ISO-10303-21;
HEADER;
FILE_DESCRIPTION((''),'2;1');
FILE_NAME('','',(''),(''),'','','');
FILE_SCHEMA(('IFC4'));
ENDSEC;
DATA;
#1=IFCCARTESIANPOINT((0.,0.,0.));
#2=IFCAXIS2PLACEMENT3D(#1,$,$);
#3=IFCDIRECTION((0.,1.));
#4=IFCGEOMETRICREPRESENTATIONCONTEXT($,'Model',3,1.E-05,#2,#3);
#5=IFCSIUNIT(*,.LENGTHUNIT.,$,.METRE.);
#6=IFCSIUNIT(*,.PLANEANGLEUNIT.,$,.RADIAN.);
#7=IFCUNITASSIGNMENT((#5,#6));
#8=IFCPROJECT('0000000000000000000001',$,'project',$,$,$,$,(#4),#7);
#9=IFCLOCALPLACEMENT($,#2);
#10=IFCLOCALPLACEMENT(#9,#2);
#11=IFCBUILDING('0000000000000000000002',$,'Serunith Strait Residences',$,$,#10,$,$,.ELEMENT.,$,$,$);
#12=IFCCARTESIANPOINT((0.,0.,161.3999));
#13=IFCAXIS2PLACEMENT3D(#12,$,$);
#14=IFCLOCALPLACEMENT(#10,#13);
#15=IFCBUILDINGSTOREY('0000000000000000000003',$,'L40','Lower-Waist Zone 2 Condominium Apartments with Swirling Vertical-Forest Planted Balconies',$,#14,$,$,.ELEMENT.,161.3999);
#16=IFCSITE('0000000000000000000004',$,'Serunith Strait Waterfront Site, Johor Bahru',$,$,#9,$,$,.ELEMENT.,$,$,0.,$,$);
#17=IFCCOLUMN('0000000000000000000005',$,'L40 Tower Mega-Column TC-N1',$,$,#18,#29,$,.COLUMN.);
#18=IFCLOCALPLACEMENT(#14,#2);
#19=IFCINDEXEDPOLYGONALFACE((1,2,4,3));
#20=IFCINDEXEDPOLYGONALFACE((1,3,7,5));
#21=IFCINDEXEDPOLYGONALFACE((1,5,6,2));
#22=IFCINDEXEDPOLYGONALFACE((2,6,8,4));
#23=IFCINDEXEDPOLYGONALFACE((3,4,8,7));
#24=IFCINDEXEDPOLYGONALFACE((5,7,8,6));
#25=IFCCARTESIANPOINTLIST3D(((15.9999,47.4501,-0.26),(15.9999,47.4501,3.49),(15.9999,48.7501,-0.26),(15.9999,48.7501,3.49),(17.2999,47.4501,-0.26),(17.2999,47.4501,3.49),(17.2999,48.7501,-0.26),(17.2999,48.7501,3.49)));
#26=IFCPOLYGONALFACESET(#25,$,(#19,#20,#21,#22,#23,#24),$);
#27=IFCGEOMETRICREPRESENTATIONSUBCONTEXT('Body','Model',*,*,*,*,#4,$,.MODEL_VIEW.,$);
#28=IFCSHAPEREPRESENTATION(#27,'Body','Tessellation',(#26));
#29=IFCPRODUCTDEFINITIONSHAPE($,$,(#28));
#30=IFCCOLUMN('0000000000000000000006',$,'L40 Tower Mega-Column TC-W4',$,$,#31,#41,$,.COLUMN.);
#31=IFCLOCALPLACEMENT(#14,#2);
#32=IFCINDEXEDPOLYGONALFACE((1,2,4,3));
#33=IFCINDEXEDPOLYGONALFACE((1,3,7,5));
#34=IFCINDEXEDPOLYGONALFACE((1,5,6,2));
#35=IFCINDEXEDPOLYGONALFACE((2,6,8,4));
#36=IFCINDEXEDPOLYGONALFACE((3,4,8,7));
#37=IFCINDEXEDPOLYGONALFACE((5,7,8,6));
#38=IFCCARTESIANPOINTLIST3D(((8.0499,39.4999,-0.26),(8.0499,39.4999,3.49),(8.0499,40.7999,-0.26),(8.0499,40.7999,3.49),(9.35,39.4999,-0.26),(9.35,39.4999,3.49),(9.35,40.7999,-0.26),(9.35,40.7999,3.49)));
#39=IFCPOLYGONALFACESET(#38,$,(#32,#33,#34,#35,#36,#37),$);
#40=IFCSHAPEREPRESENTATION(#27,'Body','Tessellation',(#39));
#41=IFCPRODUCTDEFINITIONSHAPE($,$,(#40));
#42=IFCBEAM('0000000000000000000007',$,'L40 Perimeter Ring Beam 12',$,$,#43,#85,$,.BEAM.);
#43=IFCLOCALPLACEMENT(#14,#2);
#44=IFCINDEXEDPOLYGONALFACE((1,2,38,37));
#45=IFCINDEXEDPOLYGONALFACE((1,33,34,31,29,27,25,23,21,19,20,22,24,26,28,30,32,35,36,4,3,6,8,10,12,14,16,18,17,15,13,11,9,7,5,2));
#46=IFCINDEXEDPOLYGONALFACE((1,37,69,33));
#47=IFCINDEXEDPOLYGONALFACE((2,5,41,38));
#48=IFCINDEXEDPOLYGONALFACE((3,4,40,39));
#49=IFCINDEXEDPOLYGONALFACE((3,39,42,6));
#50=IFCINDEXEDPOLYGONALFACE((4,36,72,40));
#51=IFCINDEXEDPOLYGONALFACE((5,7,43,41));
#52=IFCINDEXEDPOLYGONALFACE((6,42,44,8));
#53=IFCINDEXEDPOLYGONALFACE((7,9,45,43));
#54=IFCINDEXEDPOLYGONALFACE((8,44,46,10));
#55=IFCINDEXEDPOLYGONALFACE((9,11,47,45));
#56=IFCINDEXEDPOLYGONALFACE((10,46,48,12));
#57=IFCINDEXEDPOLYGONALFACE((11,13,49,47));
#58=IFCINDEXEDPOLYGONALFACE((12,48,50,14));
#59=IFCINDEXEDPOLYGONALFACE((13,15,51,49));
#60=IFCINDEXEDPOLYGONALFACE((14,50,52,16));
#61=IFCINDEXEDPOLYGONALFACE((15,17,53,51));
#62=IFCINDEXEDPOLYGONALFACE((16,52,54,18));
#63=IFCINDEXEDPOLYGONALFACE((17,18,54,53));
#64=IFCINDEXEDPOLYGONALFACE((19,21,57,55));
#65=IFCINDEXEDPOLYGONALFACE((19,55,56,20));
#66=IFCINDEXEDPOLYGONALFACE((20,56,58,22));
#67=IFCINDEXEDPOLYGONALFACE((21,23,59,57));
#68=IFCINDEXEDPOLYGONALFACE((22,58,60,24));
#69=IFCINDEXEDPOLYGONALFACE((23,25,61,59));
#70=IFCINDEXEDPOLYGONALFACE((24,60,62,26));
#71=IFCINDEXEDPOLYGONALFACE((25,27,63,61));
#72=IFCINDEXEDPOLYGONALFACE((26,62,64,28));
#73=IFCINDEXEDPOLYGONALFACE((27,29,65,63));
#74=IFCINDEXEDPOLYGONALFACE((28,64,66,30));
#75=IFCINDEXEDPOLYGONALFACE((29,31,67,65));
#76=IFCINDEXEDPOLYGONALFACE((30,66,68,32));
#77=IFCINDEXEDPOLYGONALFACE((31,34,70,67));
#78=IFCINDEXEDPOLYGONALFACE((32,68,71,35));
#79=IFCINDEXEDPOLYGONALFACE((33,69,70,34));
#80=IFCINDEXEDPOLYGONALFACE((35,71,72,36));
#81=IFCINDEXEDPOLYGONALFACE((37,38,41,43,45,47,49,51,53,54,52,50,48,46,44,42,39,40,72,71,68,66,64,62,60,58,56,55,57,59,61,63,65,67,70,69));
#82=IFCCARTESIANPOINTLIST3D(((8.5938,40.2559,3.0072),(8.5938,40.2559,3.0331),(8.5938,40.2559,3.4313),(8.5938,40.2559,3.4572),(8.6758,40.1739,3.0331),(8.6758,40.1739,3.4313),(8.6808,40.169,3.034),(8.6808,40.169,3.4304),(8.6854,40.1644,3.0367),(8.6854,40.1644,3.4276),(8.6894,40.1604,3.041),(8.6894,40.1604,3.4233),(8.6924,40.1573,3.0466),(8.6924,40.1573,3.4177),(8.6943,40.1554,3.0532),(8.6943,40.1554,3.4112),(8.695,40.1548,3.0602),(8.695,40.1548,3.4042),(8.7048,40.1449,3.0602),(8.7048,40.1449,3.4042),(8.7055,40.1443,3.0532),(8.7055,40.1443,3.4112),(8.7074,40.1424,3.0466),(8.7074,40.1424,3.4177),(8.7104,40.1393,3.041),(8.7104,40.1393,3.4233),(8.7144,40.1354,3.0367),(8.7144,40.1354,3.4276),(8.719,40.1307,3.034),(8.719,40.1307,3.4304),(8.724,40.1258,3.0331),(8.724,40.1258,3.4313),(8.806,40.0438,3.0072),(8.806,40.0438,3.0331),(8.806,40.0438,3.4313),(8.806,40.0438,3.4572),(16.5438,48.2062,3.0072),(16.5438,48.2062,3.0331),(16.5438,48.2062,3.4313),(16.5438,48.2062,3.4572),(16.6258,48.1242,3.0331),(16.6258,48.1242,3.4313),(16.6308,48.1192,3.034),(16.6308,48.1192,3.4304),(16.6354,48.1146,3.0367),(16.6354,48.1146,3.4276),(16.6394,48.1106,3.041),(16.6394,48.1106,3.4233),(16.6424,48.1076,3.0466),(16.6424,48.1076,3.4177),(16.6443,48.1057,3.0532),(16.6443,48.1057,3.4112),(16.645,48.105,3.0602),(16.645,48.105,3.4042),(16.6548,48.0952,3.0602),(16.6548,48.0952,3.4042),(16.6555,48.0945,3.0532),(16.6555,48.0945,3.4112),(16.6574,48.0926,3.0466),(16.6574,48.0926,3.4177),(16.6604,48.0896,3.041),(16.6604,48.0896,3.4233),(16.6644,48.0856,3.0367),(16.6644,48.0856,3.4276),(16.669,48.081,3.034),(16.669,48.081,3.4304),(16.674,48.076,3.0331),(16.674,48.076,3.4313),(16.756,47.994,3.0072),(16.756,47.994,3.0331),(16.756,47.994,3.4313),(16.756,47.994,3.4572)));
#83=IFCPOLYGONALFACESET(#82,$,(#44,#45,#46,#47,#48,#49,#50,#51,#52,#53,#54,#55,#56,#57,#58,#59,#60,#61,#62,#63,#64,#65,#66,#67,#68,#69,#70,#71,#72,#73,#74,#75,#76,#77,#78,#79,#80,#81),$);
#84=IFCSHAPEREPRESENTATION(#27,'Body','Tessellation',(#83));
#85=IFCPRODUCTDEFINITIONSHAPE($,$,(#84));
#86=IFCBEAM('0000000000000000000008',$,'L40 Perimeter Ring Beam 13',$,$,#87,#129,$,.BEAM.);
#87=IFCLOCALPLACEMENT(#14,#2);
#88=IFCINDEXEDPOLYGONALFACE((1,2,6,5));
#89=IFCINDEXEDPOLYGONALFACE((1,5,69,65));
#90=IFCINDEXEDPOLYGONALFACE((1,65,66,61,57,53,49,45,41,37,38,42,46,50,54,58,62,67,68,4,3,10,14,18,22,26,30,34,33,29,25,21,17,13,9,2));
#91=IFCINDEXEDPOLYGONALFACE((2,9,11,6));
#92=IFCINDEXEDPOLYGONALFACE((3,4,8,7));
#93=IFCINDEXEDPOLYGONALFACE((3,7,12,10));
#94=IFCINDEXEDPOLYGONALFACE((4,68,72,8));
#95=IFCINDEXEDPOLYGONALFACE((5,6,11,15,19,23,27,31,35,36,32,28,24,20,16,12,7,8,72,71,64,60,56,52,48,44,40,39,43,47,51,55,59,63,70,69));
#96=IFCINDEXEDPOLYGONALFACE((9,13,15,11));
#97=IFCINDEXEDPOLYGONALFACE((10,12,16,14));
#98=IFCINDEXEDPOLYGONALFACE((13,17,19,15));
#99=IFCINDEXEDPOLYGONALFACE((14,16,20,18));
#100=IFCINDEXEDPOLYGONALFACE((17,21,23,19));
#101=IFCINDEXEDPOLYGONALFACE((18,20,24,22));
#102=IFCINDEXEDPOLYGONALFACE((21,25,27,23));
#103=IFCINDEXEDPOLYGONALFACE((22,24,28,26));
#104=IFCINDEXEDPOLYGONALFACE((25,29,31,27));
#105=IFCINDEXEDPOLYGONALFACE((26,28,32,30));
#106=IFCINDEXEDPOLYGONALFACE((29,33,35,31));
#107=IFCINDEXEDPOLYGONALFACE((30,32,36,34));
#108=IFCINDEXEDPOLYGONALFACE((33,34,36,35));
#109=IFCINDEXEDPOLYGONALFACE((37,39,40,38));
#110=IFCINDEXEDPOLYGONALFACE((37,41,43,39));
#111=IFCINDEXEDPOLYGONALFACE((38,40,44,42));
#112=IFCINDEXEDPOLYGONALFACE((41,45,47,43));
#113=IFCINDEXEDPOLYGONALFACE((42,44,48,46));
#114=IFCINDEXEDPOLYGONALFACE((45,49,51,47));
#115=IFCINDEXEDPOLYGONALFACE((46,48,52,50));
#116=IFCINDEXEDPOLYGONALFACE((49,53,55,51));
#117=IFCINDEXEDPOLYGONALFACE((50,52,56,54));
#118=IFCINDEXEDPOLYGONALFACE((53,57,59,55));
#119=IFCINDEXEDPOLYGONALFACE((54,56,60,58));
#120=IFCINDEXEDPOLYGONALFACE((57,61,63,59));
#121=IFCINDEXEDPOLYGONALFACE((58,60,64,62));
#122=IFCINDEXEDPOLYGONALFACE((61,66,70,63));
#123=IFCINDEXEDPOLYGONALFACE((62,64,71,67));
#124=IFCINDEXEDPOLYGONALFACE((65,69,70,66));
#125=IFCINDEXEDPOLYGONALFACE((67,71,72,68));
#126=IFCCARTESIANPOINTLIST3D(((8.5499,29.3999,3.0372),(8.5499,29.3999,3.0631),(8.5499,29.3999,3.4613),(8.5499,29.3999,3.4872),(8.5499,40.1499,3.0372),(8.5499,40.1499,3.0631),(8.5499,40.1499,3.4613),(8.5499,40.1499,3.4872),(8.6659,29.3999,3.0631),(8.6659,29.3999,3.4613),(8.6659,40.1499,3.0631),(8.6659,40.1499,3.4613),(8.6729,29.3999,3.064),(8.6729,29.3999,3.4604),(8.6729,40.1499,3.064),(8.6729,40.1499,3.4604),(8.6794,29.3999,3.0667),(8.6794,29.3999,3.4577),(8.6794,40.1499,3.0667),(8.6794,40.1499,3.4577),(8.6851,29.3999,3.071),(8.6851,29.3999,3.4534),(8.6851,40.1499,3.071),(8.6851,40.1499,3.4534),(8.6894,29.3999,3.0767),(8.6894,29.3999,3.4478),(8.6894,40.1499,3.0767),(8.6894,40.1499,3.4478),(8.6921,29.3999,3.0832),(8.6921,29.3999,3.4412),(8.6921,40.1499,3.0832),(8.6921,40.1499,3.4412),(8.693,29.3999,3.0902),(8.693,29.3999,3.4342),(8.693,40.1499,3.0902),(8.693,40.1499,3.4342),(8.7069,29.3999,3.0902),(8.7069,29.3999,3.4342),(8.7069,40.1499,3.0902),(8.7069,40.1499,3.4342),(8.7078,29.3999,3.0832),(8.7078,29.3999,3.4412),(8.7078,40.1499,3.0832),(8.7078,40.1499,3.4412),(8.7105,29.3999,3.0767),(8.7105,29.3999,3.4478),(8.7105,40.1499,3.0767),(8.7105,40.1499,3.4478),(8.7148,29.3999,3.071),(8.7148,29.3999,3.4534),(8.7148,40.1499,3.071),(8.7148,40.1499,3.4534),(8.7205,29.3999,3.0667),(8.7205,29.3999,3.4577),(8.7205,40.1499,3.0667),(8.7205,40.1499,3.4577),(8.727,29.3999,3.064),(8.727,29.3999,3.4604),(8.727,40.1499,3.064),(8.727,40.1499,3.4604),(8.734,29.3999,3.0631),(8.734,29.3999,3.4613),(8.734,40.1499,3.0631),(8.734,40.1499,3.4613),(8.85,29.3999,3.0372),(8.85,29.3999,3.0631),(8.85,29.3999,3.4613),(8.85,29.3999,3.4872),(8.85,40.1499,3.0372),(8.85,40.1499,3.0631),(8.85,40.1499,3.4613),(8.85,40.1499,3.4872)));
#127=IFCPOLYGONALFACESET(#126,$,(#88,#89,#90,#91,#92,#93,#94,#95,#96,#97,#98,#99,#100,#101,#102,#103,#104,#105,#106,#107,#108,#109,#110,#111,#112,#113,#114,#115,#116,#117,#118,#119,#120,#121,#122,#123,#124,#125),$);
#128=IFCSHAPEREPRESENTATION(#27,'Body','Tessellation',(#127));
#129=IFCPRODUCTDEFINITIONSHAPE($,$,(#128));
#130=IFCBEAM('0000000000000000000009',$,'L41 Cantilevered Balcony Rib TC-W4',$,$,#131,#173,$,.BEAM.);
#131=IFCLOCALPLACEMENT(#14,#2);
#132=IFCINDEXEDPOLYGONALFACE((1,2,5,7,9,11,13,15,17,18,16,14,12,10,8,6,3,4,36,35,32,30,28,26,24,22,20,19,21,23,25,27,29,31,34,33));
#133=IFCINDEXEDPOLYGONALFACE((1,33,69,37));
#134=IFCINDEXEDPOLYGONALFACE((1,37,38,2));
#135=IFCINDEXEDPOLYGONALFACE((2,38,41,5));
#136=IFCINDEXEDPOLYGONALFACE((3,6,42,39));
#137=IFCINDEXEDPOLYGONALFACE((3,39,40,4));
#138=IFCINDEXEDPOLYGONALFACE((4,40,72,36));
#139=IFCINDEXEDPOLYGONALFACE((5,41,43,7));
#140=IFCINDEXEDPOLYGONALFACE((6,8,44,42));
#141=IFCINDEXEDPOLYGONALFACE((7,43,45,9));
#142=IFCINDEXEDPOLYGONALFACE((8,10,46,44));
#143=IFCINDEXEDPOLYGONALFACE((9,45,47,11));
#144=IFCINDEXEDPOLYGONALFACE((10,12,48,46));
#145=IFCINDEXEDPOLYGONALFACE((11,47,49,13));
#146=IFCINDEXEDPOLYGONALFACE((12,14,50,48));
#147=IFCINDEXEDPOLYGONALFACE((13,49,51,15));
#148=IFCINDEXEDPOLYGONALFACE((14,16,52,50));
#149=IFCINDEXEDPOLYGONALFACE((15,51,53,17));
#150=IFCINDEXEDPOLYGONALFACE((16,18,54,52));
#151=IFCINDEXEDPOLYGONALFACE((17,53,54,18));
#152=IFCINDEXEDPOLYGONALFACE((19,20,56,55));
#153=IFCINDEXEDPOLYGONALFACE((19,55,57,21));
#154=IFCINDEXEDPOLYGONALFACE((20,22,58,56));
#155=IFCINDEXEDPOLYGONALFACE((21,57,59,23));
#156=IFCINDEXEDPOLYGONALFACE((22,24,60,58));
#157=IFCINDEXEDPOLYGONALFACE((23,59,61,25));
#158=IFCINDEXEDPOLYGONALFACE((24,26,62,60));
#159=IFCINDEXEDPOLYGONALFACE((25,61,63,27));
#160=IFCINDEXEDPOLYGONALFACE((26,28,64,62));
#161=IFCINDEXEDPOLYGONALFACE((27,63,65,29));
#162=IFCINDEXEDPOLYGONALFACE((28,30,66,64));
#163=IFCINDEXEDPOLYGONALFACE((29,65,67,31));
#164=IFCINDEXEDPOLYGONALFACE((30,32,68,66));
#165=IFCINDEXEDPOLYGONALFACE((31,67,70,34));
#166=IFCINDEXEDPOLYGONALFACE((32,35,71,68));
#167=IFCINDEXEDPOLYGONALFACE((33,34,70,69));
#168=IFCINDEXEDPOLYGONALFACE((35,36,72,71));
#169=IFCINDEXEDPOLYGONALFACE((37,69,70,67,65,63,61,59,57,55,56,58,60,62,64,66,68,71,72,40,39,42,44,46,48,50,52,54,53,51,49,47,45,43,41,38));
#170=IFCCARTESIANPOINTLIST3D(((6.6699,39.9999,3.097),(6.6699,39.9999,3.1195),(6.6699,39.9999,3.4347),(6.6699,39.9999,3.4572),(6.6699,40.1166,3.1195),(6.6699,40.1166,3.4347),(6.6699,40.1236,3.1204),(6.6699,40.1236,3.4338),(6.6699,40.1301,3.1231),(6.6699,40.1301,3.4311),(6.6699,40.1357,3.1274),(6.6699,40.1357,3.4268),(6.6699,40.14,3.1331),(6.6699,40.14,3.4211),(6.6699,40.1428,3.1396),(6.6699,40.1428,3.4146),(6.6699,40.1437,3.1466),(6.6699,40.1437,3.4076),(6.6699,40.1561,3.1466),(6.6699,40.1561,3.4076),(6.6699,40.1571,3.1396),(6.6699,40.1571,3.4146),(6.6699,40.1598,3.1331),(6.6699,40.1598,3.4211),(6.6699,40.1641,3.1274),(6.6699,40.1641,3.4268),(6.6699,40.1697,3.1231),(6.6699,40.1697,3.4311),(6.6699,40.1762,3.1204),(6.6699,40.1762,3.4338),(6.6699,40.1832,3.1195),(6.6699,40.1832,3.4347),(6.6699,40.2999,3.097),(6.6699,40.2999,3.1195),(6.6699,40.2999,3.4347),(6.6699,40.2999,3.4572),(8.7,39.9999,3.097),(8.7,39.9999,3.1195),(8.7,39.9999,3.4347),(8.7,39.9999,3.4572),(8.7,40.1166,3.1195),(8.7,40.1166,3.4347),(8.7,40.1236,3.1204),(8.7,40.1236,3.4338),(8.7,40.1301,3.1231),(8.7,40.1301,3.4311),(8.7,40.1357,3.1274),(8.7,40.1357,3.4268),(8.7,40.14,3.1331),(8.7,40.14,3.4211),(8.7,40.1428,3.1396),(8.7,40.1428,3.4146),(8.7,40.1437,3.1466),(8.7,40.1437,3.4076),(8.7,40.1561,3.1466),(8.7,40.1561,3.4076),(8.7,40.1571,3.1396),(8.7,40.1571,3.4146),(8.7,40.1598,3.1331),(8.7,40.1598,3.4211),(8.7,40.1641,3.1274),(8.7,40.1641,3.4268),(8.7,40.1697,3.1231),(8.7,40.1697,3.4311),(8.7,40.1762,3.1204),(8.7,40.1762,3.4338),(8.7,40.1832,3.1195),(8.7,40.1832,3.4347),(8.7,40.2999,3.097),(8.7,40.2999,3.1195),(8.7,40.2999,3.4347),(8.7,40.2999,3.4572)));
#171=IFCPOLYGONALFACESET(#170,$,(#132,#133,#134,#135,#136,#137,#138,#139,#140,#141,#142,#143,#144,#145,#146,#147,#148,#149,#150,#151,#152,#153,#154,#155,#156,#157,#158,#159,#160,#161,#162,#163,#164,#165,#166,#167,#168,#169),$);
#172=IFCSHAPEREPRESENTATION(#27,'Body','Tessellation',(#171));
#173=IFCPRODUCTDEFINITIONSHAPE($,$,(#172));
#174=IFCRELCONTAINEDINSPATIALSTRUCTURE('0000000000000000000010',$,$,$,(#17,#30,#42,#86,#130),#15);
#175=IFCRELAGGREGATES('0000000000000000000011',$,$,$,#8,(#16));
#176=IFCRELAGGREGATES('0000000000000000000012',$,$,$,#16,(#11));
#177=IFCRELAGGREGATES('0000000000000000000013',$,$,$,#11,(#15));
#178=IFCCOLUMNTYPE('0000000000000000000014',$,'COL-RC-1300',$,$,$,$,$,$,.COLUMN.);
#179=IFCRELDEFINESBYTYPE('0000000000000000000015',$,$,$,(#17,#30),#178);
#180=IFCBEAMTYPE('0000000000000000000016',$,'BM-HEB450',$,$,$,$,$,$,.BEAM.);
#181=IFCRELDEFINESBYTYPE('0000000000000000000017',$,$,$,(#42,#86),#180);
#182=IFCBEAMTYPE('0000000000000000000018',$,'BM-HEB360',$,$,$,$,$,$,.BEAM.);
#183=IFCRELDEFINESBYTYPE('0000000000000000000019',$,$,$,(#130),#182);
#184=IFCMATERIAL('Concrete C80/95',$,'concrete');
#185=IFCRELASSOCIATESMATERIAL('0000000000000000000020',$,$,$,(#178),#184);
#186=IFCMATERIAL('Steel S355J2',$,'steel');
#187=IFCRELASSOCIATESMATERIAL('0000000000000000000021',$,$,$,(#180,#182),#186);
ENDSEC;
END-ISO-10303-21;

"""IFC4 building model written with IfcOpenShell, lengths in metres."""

from ifc_helpers import new_model, si_unit, direction, frame, origin, origin_2d, place, context, subcontext, project, spatial, rectangle, i_section, extrude, source, transform, mapped, material, material_profile, profile_set, type_object, element, save


model = new_model("IFC4")

# Units and contexts
model_context = context("Model", 3, precision=1e-05, world=origin(), true_north=direction((0.0, 1.0)))
body_context = subcontext(model_context, "Body", "Model", "MODEL_VIEW")
ifc_project = project(units=[si_unit("LENGTHUNIT", "METRE"), si_unit("PLANEANGLEUNIT", "RADIAN")], contexts=[model_context])

# Site, building, storey
site_placement = place(None, origin())
site = spatial("IfcSite", under=ifc_project, at=site_placement, Name="Serunith Strait Waterfront Site, Johor Bahru", CompositionType="ELEMENT", RefElevation=0.0)
building_placement = place(site_placement, origin())
building = spatial("IfcBuilding", under=site, at=building_placement, Name="Serunith Strait Residences", CompositionType="ELEMENT")
storey_placement = place(building_placement, frame((0.0, 0.0, 161.3999)))
storey = spatial("IfcBuildingStorey", under=building, at=storey_placement, Name="L40", Description="Lower-Waist Zone 2 Condominium Apartments with Swirling Vertical-Forest Planted Balconies", CompositionType="ELEMENT", Elevation=161.3999)

# Columns
ifc_material_1 = material(Name="Concrete C80/95", Category="concrete")
ifc_material_profile_1 = material_profile(ifc_material_1, rectangle(XDim=1.3, YDim=1.3, at=origin_2d()), Name="RC 1300x1300")
ifc_profile_set_1 = profile_set([ifc_material_profile_1], Name="Concrete C80/95")
column_type = type_object("IfcColumnType", Name="COL-RC-1300", PredefinedType="COLUMN", material=ifc_profile_set_1)
shared_shape_1 = source(origin(), body_context, "Body", "SweptSolid", [
    extrude(rectangle(XDim=1.3, YDim=1.3, at=origin_2d()), origin(), (0.0, 0.0, 1.0), 3.75),
])
for number, where, z_axis, x_axis, name in (
    (1, (16.6499, 48.1001, -0.26), (0.0, 0.0, 1.0), (1.0, 0.0, 0.0), "L40 Tower Mega-Column TC-N1"),
    (2, (8.7, 40.1499, -0.26), (0.0, 0.0, 1.0), (1.0, 0.0, 0.0), "L40 Tower Mega-Column TC-W4"),
):
    element("IfcColumn", number, at=place(storey_placement, frame(where, z_axis=z_axis, x_axis=x_axis)), inside=storey, type_object=column_type, Name=name, PredefinedType="COLUMN", context=body_context, shape_type="MappedRepresentation", body=[
        mapped(shared_shape_1, transform((0.0, 0.0, 0.0), scale=1.0)),
    ])

# Beams
ifc_material_2 = material(Name="Steel S355J2", Category="steel")
ifc_material_profile_2 = material_profile(ifc_material_2, i_section(OverallWidth=0.3, OverallDepth=0.45, WebThickness=0.0139, FlangeThickness=0.0259, FilletRadius=0.0271, at=origin_2d()), Name="HEB 450")
ifc_profile_set_2 = profile_set([ifc_material_profile_2], Name="Steel S355J2")
beam_type_1 = type_object("IfcBeamType", Name="BM-HEB450", PredefinedType="BEAM", material=ifc_profile_set_2)
shared_shape_2 = source(origin(), body_context, "Body", "SweptSolid", [
    extrude(i_section(OverallWidth=0.3, OverallDepth=0.45, WebThickness=0.0139, FlangeThickness=0.0259, FilletRadius=0.0271, at=origin_2d()), origin(), (0.0, 0.0, 1.0), 11.2432),
])
beam_1_placement = place(storey_placement, frame((16.6499, 48.1001, 3.2322), z_axis=(-0.707096, -0.707118, 0.0), x_axis=(0.707118, -0.707096, 0.0)))
element("IfcBeam", 3, at=beam_1_placement, inside=storey, type_object=beam_type_1, Name="L40 Perimeter Ring Beam 12", PredefinedType="BEAM", context=body_context, shape_type="MappedRepresentation", body=[
    mapped(shared_shape_2, transform((0.0, 0.0, 0.0), scale=1.0)),
])
shared_shape_3 = source(origin(), body_context, "Body", "SweptSolid", [
    extrude(i_section(OverallWidth=0.3, OverallDepth=0.45, WebThickness=0.0139, FlangeThickness=0.0259, FilletRadius=0.0271, at=origin_2d()), origin(), (0.0, 0.0, 1.0), 10.75),
])
beam_2_placement = place(storey_placement, frame((8.7, 40.1499, 3.2622), z_axis=(0.0, -1.0, 0.0), x_axis=(1.0, 0.0, 0.0)))
element("IfcBeam", 4, at=beam_2_placement, inside=storey, type_object=beam_type_1, Name="L40 Perimeter Ring Beam 13", PredefinedType="BEAM", context=body_context, shape_type="MappedRepresentation", body=[
    mapped(shared_shape_3, transform((0.0, 0.0, 0.0), scale=1.0)),
])
ifc_material_profile_3 = material_profile(ifc_material_2, i_section(OverallWidth=0.3, OverallDepth=0.3601, WebThickness=0.0125, FlangeThickness=0.0225, FilletRadius=0.0271, at=origin_2d()), Name="HEB 360")
ifc_profile_set_3 = profile_set([ifc_material_profile_3], Name="Steel S355J2")
beam_type_2 = type_object("IfcBeamType", Name="BM-HEB360", PredefinedType="BEAM", material=ifc_profile_set_3)
shared_shape_4 = source(origin(), body_context, "Body", "SweptSolid", [
    extrude(i_section(OverallWidth=0.3, OverallDepth=0.3601, WebThickness=0.0125, FlangeThickness=0.0225, FilletRadius=0.0271, at=origin_2d()), origin(), (0.0, 0.0, 1.0), 2.03),
])
beam_3_placement = place(storey_placement, frame((8.7, 40.1499, 3.2771), z_axis=(-1.0, 0.0, 0.0), x_axis=(0.0, -1.0, 0.0)))
element("IfcBeam", 5, at=beam_3_placement, inside=storey, type_object=beam_type_2, Name="L41 Cantilevered Balcony Rib TC-W4", PredefinedType="BEAM", context=body_context, shape_type="MappedRepresentation", body=[
    mapped(shared_shape_4, transform((0.0, 0.0, 0.0), scale=1.0)),
])

save(model, "model.ifc")
